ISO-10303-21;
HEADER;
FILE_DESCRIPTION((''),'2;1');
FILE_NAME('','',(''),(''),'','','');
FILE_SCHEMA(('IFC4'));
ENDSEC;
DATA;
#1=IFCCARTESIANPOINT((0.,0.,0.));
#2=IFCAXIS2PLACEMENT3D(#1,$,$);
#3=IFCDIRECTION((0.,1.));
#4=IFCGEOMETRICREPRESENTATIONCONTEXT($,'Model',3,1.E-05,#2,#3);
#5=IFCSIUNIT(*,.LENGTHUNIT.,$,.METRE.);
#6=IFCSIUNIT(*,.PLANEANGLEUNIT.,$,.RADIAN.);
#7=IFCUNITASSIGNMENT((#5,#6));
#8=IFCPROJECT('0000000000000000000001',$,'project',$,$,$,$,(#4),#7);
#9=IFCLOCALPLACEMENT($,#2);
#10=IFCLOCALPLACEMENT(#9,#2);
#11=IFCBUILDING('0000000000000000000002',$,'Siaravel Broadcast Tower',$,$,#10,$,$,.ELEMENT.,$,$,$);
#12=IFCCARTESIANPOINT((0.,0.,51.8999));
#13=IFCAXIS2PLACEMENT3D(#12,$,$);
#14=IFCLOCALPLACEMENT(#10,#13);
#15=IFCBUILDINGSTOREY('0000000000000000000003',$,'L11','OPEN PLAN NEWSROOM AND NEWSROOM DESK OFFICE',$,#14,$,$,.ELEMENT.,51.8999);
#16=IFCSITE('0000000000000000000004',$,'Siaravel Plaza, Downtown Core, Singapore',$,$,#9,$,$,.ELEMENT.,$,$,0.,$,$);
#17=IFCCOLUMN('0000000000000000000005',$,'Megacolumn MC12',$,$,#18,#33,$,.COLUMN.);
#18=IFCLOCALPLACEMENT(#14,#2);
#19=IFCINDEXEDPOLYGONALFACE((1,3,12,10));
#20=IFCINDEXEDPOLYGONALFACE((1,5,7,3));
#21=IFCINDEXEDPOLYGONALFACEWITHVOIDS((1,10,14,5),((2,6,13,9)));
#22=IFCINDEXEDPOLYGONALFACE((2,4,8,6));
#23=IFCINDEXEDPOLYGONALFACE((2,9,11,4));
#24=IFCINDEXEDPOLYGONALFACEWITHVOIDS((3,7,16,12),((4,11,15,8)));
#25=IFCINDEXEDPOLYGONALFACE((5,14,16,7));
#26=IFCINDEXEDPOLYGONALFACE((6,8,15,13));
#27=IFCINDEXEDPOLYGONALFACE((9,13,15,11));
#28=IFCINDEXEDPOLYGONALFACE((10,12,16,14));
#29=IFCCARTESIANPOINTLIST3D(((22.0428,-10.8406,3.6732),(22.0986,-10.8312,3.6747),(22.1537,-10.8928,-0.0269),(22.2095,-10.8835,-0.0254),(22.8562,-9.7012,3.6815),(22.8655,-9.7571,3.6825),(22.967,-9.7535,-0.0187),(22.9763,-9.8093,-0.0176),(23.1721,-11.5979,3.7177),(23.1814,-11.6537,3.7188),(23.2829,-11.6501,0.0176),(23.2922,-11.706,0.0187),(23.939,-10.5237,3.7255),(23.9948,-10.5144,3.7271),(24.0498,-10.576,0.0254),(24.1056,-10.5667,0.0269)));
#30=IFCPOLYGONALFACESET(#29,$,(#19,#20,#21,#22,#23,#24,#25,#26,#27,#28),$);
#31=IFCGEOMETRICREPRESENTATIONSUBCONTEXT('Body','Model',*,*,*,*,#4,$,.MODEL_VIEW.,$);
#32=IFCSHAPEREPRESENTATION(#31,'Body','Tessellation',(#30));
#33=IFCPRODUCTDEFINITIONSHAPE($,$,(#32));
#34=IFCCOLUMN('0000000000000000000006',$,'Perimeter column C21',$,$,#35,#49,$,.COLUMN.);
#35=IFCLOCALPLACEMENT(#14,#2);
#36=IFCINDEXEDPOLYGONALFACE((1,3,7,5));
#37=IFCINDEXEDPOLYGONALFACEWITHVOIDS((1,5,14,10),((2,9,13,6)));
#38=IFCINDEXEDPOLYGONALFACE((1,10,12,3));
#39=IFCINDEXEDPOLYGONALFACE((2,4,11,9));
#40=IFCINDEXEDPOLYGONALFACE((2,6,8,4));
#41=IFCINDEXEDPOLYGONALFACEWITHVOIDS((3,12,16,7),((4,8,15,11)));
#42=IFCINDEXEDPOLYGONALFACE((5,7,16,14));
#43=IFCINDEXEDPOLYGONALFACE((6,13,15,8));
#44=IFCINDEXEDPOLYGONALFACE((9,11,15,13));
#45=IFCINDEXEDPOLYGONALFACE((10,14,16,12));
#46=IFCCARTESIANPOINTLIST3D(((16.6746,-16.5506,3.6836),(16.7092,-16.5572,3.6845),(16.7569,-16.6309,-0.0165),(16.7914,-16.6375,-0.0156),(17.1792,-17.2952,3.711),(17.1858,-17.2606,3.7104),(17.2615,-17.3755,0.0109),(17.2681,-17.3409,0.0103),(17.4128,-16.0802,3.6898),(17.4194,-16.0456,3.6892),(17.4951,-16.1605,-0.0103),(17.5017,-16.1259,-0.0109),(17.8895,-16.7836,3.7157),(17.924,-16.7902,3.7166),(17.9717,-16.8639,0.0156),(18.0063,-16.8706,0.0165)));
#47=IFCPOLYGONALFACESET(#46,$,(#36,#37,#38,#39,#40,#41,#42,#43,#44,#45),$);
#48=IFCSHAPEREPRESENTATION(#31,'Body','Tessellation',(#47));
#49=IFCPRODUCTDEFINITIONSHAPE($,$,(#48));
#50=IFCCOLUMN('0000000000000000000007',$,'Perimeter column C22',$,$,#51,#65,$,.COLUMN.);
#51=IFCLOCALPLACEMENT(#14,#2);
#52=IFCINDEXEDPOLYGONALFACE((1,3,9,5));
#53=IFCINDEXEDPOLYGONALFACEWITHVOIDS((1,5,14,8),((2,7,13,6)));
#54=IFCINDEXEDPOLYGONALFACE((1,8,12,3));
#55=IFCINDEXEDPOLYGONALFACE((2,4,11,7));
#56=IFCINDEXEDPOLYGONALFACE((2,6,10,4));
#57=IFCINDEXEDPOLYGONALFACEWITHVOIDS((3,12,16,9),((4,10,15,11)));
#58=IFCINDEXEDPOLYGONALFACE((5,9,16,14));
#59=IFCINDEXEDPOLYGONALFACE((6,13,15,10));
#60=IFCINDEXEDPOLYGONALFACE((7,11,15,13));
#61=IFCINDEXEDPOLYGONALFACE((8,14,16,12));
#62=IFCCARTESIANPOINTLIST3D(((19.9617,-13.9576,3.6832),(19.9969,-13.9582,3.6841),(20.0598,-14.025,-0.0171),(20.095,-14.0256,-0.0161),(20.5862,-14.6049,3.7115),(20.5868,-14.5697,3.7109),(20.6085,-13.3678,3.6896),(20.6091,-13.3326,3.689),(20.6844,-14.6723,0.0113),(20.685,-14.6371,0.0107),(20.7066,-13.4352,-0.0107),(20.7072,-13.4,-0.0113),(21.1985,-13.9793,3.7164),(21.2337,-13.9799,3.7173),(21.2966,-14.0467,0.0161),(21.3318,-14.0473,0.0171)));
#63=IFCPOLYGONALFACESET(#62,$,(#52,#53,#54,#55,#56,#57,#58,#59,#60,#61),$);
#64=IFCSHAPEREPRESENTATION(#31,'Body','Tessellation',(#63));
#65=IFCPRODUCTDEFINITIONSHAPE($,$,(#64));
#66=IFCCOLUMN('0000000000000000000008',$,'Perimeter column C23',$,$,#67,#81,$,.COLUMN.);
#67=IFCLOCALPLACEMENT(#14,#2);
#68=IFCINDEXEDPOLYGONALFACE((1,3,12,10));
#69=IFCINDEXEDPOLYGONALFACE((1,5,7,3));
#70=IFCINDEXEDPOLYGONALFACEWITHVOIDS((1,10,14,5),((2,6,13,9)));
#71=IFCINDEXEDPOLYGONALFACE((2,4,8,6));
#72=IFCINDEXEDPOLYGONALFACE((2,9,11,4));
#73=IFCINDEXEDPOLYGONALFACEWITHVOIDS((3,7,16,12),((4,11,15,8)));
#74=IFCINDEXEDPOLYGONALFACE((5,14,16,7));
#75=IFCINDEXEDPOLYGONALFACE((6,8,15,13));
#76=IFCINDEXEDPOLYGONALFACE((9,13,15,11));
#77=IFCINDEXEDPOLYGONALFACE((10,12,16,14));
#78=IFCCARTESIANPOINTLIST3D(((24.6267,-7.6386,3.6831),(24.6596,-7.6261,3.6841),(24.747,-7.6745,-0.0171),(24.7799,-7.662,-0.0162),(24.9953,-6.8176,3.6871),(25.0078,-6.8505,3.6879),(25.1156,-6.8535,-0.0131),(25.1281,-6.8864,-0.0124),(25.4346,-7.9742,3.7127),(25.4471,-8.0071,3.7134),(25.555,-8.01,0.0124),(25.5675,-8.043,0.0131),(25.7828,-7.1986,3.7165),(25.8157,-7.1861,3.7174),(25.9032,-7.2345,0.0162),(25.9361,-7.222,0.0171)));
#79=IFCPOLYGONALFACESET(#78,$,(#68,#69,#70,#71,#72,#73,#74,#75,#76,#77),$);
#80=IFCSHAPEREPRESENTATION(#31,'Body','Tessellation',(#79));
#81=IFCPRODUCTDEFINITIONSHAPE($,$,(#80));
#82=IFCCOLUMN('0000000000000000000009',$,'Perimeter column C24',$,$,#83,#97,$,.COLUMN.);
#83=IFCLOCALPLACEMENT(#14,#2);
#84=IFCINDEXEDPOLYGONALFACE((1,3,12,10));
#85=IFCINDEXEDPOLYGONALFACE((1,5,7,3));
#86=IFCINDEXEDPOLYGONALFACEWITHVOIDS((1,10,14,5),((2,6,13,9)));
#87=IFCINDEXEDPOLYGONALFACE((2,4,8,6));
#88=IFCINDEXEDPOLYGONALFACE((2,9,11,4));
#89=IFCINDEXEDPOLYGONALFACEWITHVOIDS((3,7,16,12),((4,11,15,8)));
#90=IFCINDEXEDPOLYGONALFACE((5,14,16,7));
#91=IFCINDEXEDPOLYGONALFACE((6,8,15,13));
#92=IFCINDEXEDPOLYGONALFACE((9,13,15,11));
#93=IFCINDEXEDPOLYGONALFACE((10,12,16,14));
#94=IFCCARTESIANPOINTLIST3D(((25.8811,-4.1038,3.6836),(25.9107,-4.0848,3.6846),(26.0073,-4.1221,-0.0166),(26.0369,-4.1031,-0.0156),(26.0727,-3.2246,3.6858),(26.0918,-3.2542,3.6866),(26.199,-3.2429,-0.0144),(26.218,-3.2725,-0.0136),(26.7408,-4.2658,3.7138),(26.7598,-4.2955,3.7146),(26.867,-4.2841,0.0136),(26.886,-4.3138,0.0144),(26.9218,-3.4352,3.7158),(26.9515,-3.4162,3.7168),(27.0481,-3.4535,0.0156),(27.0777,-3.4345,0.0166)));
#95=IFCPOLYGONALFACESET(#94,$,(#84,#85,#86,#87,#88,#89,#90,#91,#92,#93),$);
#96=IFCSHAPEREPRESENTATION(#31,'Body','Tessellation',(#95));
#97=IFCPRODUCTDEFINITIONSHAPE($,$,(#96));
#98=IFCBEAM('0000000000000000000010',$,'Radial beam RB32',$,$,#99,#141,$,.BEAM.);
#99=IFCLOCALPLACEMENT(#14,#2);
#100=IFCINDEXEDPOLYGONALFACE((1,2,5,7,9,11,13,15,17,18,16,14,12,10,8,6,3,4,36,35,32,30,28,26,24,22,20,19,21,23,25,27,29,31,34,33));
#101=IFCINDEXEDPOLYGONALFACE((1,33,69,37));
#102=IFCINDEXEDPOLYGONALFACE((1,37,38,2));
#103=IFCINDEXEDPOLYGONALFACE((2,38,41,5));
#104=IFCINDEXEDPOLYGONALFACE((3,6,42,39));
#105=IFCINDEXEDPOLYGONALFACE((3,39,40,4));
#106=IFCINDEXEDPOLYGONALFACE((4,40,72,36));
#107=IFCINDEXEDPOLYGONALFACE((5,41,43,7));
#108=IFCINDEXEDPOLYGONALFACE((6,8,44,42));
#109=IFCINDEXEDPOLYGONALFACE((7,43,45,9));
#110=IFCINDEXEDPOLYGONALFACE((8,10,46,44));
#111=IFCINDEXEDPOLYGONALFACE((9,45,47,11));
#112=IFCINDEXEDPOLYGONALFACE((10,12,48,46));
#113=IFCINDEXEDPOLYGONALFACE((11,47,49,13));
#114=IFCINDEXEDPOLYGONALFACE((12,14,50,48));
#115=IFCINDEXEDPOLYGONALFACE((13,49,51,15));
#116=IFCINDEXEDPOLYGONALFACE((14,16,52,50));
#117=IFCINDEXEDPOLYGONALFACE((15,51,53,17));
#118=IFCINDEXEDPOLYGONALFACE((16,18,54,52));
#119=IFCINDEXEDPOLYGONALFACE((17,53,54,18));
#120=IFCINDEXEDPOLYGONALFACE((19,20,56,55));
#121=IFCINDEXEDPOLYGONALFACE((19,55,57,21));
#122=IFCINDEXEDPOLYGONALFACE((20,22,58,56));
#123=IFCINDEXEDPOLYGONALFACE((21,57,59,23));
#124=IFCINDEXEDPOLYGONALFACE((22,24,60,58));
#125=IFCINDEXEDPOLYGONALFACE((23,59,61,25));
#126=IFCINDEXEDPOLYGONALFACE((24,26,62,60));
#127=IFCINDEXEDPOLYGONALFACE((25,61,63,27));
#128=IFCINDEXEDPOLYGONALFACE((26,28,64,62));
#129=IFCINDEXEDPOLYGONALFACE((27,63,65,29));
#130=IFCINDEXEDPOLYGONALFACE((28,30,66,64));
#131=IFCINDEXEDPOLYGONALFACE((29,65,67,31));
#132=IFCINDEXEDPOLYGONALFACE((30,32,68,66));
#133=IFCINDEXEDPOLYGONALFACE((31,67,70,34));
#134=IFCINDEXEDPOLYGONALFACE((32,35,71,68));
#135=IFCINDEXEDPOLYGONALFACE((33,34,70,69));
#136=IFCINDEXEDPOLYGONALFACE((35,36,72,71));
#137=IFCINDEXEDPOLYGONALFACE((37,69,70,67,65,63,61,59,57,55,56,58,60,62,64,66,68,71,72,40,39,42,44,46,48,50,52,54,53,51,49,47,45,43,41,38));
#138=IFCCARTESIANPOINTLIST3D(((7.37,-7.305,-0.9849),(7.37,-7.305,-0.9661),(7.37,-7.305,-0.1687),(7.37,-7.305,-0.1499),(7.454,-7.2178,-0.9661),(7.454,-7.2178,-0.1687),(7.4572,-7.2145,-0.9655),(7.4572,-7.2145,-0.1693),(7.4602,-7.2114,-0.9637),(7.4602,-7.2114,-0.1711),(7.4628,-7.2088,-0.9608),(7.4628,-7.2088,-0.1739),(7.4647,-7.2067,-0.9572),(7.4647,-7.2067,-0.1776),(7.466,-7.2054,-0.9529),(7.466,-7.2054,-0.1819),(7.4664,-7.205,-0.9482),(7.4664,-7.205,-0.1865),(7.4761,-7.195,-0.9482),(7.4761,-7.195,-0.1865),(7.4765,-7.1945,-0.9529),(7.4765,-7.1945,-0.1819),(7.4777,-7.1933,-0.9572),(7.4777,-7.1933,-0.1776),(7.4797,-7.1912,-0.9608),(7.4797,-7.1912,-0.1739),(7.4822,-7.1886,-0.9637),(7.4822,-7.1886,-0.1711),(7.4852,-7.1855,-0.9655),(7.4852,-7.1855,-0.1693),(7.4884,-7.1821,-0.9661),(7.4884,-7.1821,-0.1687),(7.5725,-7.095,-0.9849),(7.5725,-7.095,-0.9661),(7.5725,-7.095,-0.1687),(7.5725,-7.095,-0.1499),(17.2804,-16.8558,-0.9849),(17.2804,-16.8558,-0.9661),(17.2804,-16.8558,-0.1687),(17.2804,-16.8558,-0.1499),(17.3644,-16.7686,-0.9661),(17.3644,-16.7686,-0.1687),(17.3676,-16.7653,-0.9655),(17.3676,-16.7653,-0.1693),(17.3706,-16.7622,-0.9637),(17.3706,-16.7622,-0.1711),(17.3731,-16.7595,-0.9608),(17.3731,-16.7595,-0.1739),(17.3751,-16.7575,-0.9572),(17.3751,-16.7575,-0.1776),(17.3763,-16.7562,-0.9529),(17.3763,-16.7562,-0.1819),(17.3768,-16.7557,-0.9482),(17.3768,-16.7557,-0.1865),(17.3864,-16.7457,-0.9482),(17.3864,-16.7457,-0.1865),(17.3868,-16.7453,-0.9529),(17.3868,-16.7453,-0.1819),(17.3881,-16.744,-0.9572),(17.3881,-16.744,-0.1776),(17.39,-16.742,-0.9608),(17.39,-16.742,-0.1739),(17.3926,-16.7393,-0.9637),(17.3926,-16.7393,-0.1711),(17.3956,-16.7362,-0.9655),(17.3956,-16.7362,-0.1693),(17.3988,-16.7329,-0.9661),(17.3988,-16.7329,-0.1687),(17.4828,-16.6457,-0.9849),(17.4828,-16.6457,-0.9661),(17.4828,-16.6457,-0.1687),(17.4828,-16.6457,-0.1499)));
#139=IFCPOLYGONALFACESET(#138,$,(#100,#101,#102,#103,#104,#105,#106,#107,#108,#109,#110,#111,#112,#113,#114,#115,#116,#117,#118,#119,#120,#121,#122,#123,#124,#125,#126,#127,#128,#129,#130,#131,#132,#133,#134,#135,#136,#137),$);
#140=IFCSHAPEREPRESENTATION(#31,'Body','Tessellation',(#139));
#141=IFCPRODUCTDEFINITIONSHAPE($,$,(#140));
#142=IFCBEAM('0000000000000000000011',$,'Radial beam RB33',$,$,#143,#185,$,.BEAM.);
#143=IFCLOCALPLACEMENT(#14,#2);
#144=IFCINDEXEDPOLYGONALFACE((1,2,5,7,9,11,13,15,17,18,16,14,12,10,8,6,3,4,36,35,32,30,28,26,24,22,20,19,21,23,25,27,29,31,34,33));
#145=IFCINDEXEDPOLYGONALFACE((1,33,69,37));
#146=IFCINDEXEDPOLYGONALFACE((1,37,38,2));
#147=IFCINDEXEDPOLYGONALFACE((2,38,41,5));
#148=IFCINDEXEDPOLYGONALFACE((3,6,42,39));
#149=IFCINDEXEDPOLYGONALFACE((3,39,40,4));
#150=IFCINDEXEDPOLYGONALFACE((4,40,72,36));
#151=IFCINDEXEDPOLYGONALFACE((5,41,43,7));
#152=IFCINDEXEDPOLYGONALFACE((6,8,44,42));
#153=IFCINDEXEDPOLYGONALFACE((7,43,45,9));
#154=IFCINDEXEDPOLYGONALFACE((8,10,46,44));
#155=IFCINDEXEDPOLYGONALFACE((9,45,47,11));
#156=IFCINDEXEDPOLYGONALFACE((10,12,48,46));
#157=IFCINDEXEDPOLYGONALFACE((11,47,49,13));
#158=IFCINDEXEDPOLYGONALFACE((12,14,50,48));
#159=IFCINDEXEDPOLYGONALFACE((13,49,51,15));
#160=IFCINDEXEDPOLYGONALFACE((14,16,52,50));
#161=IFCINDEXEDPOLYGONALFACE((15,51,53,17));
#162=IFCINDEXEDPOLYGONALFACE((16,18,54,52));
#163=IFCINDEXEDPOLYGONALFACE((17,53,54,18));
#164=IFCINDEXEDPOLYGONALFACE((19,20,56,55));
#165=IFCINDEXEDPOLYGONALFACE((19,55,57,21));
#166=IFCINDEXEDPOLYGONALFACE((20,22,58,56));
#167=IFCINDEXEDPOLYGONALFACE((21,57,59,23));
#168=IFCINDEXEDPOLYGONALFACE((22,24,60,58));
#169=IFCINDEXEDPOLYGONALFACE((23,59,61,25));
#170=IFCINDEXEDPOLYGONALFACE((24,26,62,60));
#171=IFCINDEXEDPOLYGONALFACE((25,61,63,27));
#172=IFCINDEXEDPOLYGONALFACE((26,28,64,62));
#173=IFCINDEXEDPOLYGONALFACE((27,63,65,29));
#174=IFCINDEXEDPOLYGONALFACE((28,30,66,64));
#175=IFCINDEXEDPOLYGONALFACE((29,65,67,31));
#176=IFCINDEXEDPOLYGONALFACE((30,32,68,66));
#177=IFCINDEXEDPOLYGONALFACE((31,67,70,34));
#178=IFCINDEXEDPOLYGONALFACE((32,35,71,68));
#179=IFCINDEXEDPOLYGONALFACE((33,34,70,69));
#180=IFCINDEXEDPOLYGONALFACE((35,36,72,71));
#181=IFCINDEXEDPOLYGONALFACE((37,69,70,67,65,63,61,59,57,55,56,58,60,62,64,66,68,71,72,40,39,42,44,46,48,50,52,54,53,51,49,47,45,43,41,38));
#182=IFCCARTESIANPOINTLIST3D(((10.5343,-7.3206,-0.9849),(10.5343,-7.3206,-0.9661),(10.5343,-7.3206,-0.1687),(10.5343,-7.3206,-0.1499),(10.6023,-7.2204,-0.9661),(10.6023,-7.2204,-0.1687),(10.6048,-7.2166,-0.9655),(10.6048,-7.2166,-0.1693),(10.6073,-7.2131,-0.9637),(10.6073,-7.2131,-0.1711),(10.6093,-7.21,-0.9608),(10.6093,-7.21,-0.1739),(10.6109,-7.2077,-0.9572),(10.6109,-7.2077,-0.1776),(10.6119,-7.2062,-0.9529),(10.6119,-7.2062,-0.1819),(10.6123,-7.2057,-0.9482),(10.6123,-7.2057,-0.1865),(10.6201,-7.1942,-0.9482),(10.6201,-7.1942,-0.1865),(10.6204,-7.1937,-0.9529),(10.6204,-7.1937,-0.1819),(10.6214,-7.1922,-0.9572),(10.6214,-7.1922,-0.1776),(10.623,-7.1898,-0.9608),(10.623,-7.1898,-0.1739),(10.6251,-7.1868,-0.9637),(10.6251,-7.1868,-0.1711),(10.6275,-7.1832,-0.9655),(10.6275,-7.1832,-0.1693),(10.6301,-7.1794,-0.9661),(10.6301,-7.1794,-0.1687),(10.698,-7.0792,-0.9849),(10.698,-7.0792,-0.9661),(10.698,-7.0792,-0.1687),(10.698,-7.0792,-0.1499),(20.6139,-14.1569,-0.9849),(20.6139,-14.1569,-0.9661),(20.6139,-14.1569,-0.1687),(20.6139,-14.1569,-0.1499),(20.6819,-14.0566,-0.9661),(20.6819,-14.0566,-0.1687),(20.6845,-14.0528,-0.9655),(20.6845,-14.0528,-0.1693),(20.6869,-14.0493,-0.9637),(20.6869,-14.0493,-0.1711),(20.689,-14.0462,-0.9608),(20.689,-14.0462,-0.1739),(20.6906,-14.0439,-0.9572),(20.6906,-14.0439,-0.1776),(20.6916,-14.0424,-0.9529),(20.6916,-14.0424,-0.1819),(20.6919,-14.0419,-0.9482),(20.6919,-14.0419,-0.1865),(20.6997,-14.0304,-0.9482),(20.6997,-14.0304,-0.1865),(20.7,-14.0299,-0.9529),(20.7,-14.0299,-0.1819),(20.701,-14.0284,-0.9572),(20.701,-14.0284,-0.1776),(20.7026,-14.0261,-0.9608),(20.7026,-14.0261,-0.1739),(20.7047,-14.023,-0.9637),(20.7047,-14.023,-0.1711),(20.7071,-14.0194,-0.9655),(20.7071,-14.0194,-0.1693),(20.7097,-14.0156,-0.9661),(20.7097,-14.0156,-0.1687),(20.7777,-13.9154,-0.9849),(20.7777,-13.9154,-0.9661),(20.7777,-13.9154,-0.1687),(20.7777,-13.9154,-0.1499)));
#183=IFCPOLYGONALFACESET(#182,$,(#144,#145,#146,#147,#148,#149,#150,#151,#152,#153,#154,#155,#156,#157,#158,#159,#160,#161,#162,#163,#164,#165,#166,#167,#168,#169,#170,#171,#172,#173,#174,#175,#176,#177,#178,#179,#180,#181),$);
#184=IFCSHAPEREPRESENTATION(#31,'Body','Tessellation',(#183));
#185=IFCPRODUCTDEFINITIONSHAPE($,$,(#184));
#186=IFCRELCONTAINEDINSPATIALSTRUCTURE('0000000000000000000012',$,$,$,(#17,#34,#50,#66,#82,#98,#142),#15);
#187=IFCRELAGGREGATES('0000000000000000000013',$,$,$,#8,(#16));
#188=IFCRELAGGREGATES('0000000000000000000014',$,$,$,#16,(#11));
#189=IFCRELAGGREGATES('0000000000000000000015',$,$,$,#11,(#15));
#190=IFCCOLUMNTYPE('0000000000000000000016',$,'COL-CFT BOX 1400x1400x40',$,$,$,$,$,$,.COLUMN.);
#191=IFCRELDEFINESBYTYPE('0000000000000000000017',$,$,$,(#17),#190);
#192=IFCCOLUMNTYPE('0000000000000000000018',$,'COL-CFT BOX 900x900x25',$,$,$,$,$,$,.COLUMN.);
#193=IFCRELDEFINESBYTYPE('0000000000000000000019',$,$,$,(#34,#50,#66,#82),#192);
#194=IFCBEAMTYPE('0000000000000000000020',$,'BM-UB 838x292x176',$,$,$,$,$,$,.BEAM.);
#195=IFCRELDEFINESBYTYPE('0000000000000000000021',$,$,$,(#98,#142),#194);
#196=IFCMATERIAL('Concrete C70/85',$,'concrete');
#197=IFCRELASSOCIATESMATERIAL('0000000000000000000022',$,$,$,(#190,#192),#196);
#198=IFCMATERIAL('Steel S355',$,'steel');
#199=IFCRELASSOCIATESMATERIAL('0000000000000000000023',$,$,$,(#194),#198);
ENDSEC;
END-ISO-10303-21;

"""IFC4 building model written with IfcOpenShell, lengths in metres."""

from ifc_helpers import new_model, si_unit, direction, frame, origin, origin_2d, place, context, subcontext, project, spatial, hollow_rectangle, i_section, extrude, material, material_profile, profile_set, type_object, element, save


model = new_model("IFC4")

# Units and contexts
model_context = context("Model", 3, precision=1e-05, world=origin(), true_north=direction((0.0, 1.0)))
body_context = subcontext(model_context, "Body", "Model", "MODEL_VIEW")
ifc_project = project(units=[si_unit("LENGTHUNIT", "METRE"), si_unit("PLANEANGLEUNIT", "RADIAN")], contexts=[model_context])

# Site, building, storey
site_placement = place(None, origin())
site = spatial("IfcSite", under=ifc_project, at=site_placement, Name="Siaravel Plaza, Downtown Core, Singapore", CompositionType="ELEMENT", RefElevation=0.0)
building_placement = place(site_placement, origin())
building = spatial("IfcBuilding", under=site, at=building_placement, Name="Siaravel Broadcast Tower", CompositionType="ELEMENT")
storey_placement = place(building_placement, frame((0.0, 0.0, 51.8999)))
storey = spatial("IfcBuildingStorey", under=building, at=storey_placement, Name="L11", Description="OPEN PLAN NEWSROOM AND NEWSROOM DESK OFFICE", CompositionType="ELEMENT", Elevation=51.8999)

# Columns
ifc_material_1 = material(Name="Concrete C70/85", Category="concrete")
ifc_material_profile_1 = material_profile(ifc_material_1, hollow_rectangle(XDim=1.3999, YDim=1.3999, WallThickness=0.04, at=origin_2d()))
ifc_profile_set_1 = profile_set([ifc_material_profile_1], Name="Concrete C70/85")
column_type_1 = type_object("IfcColumnType", Name="COL-CFT BOX 1400x1400x40", PredefinedType="COLUMN", material=ifc_profile_set_1)
column_1_placement = place(storey_placement, frame((23.1296, -10.7297, 0.0), z_axis=(-0.029939, 0.014112, 0.999452), x_axis=(-0.58102, -0.813867, -0.005913)))
element("IfcColumn", 1, at=column_1_placement, inside=storey, type_object=column_type_1, Name="Megacolumn MC12", PredefinedType="COLUMN", context=body_context, shape_type="SweptSolid", body=[
    extrude(hollow_rectangle(XDim=1.3999, YDim=1.3999, WallThickness=0.04, at=origin_2d()), origin(), (0.0, 0.0, 1.0), 3.7021),
])
ifc_material_profile_2 = material_profile(ifc_material_1, hollow_rectangle(XDim=0.8999, YDim=0.8999, WallThickness=0.0249, at=origin_2d()))
ifc_profile_set_2 = profile_set([ifc_material_profile_2], Name="Concrete C70/85")
column_type_2 = type_object("IfcColumnType", Name="COL-CFT BOX 900x900x25", PredefinedType="COLUMN", material=ifc_profile_set_2)
column_2_placement = place(storey_placement, frame((17.3816, -16.7507, 0.0), z_axis=(-0.022225, 0.021697, 0.999518), x_axis=(-0.827695, -0.561143, -0.006223)))
element("IfcColumn", 2, at=column_2_placement, inside=storey, type_object=column_type_2, Name="Perimeter column C21", PredefinedType="COLUMN", context=body_context, shape_type="SweptSolid", body=[
    extrude(hollow_rectangle(XDim=0.8999, YDim=0.8999, WallThickness=0.0249, at=origin_2d()), origin(), (0.0, 0.0, 1.0), 3.7019),
])
column_3_placement = place(storey_placement, frame((20.6958, -14.0361, 0.0), z_axis=(-0.02651, 0.018201, 0.999483), x_axis=(-0.719463, -0.694501, -0.006436)))
element("IfcColumn", 3, at=column_3_placement, inside=storey, type_object=column_type_2, Name="Perimeter column C22", PredefinedType="COLUMN", context=body_context, shape_type="SweptSolid", body=[
    extrude(hollow_rectangle(XDim=0.8999, YDim=0.8999, WallThickness=0.0249, at=origin_2d()), origin(), (0.0, 0.0, 1.0), 3.7021),
])
for number, where, z_axis, x_axis, name in (
    (4, (25.3416, -7.4482, 0.0), (-0.03251, 0.009694, 0.999424), (-0.409567, -0.912269, -0.004474), "Perimeter column C23"),
    (5, (26.5425, -3.7783, 0.0), (-0.034092, 0.004946, 0.999406), (-0.213009, -0.977047, -0.002431), "Perimeter column C24"),
):
    element("IfcColumn", number, at=place(storey_placement, frame(where, z_axis=z_axis, x_axis=x_axis)), inside=storey, type_object=column_type_2, Name=name, PredefinedType="COLUMN", context=body_context, shape_type="SweptSolid", body=[
        extrude(hollow_rectangle(XDim=0.8999, YDim=0.8999, WallThickness=0.0249, at=origin_2d()), origin(), (0.0, 0.0, 1.0), 3.7024),
    ])

# Beams
ifc_material_2 = material(Name="Steel S355", Category="steel")
ifc_material_profile_3 = material_profile(ifc_material_2, i_section(OverallWidth=0.2917, OverallDepth=0.835, WebThickness=0.0139, FlangeThickness=0.0188, FilletRadius=0.0178, at=origin_2d()))
ifc_profile_set_3 = profile_set([ifc_material_profile_3], Name="Steel S355")
beam_type = type_object("IfcBeamType", Name="BM-UB 838x292x176", PredefinedType="BEAM", material=ifc_profile_set_3)
beam_1_placement = place(storey_placement, frame((17.3816, -16.7507, -0.5674), z_axis=(-0.72005, 0.693922, 0.0), x_axis=(-0.693922, -0.72005, 0.0)))
element("IfcBeam", 6, at=beam_1_placement, inside=storey, type_object=beam_type, Name="Radial beam RB32", PredefinedType="BEAM", context=body_context, shape_type="SweptSolid", body=[
    extrude(i_section(OverallWidth=0.2917, OverallDepth=0.835, WebThickness=0.0139, FlangeThickness=0.0188, FilletRadius=0.0178, at=origin_2d()), origin(), (0.0, 0.0, 1.0), 13.7634),
])
beam_2_placement = place(storey_placement, frame((20.6958, -14.0361, -0.5674), z_axis=(-0.827611, 0.561302, 0.0), x_axis=(-0.561302, -0.827611, 0.0)))
element("IfcBeam", 7, at=beam_2_placement, inside=storey, type_object=beam_type, Name="Radial beam RB33", PredefinedType="BEAM", context=body_context, shape_type="SweptSolid", body=[
    extrude(i_section(OverallWidth=0.2917, OverallDepth=0.835, WebThickness=0.0139, FlangeThickness=0.0188, FilletRadius=0.0178, at=origin_2d()), origin(), (0.0, 0.0, 1.0), 12.1792),
])

save(model, "model.ifc")
